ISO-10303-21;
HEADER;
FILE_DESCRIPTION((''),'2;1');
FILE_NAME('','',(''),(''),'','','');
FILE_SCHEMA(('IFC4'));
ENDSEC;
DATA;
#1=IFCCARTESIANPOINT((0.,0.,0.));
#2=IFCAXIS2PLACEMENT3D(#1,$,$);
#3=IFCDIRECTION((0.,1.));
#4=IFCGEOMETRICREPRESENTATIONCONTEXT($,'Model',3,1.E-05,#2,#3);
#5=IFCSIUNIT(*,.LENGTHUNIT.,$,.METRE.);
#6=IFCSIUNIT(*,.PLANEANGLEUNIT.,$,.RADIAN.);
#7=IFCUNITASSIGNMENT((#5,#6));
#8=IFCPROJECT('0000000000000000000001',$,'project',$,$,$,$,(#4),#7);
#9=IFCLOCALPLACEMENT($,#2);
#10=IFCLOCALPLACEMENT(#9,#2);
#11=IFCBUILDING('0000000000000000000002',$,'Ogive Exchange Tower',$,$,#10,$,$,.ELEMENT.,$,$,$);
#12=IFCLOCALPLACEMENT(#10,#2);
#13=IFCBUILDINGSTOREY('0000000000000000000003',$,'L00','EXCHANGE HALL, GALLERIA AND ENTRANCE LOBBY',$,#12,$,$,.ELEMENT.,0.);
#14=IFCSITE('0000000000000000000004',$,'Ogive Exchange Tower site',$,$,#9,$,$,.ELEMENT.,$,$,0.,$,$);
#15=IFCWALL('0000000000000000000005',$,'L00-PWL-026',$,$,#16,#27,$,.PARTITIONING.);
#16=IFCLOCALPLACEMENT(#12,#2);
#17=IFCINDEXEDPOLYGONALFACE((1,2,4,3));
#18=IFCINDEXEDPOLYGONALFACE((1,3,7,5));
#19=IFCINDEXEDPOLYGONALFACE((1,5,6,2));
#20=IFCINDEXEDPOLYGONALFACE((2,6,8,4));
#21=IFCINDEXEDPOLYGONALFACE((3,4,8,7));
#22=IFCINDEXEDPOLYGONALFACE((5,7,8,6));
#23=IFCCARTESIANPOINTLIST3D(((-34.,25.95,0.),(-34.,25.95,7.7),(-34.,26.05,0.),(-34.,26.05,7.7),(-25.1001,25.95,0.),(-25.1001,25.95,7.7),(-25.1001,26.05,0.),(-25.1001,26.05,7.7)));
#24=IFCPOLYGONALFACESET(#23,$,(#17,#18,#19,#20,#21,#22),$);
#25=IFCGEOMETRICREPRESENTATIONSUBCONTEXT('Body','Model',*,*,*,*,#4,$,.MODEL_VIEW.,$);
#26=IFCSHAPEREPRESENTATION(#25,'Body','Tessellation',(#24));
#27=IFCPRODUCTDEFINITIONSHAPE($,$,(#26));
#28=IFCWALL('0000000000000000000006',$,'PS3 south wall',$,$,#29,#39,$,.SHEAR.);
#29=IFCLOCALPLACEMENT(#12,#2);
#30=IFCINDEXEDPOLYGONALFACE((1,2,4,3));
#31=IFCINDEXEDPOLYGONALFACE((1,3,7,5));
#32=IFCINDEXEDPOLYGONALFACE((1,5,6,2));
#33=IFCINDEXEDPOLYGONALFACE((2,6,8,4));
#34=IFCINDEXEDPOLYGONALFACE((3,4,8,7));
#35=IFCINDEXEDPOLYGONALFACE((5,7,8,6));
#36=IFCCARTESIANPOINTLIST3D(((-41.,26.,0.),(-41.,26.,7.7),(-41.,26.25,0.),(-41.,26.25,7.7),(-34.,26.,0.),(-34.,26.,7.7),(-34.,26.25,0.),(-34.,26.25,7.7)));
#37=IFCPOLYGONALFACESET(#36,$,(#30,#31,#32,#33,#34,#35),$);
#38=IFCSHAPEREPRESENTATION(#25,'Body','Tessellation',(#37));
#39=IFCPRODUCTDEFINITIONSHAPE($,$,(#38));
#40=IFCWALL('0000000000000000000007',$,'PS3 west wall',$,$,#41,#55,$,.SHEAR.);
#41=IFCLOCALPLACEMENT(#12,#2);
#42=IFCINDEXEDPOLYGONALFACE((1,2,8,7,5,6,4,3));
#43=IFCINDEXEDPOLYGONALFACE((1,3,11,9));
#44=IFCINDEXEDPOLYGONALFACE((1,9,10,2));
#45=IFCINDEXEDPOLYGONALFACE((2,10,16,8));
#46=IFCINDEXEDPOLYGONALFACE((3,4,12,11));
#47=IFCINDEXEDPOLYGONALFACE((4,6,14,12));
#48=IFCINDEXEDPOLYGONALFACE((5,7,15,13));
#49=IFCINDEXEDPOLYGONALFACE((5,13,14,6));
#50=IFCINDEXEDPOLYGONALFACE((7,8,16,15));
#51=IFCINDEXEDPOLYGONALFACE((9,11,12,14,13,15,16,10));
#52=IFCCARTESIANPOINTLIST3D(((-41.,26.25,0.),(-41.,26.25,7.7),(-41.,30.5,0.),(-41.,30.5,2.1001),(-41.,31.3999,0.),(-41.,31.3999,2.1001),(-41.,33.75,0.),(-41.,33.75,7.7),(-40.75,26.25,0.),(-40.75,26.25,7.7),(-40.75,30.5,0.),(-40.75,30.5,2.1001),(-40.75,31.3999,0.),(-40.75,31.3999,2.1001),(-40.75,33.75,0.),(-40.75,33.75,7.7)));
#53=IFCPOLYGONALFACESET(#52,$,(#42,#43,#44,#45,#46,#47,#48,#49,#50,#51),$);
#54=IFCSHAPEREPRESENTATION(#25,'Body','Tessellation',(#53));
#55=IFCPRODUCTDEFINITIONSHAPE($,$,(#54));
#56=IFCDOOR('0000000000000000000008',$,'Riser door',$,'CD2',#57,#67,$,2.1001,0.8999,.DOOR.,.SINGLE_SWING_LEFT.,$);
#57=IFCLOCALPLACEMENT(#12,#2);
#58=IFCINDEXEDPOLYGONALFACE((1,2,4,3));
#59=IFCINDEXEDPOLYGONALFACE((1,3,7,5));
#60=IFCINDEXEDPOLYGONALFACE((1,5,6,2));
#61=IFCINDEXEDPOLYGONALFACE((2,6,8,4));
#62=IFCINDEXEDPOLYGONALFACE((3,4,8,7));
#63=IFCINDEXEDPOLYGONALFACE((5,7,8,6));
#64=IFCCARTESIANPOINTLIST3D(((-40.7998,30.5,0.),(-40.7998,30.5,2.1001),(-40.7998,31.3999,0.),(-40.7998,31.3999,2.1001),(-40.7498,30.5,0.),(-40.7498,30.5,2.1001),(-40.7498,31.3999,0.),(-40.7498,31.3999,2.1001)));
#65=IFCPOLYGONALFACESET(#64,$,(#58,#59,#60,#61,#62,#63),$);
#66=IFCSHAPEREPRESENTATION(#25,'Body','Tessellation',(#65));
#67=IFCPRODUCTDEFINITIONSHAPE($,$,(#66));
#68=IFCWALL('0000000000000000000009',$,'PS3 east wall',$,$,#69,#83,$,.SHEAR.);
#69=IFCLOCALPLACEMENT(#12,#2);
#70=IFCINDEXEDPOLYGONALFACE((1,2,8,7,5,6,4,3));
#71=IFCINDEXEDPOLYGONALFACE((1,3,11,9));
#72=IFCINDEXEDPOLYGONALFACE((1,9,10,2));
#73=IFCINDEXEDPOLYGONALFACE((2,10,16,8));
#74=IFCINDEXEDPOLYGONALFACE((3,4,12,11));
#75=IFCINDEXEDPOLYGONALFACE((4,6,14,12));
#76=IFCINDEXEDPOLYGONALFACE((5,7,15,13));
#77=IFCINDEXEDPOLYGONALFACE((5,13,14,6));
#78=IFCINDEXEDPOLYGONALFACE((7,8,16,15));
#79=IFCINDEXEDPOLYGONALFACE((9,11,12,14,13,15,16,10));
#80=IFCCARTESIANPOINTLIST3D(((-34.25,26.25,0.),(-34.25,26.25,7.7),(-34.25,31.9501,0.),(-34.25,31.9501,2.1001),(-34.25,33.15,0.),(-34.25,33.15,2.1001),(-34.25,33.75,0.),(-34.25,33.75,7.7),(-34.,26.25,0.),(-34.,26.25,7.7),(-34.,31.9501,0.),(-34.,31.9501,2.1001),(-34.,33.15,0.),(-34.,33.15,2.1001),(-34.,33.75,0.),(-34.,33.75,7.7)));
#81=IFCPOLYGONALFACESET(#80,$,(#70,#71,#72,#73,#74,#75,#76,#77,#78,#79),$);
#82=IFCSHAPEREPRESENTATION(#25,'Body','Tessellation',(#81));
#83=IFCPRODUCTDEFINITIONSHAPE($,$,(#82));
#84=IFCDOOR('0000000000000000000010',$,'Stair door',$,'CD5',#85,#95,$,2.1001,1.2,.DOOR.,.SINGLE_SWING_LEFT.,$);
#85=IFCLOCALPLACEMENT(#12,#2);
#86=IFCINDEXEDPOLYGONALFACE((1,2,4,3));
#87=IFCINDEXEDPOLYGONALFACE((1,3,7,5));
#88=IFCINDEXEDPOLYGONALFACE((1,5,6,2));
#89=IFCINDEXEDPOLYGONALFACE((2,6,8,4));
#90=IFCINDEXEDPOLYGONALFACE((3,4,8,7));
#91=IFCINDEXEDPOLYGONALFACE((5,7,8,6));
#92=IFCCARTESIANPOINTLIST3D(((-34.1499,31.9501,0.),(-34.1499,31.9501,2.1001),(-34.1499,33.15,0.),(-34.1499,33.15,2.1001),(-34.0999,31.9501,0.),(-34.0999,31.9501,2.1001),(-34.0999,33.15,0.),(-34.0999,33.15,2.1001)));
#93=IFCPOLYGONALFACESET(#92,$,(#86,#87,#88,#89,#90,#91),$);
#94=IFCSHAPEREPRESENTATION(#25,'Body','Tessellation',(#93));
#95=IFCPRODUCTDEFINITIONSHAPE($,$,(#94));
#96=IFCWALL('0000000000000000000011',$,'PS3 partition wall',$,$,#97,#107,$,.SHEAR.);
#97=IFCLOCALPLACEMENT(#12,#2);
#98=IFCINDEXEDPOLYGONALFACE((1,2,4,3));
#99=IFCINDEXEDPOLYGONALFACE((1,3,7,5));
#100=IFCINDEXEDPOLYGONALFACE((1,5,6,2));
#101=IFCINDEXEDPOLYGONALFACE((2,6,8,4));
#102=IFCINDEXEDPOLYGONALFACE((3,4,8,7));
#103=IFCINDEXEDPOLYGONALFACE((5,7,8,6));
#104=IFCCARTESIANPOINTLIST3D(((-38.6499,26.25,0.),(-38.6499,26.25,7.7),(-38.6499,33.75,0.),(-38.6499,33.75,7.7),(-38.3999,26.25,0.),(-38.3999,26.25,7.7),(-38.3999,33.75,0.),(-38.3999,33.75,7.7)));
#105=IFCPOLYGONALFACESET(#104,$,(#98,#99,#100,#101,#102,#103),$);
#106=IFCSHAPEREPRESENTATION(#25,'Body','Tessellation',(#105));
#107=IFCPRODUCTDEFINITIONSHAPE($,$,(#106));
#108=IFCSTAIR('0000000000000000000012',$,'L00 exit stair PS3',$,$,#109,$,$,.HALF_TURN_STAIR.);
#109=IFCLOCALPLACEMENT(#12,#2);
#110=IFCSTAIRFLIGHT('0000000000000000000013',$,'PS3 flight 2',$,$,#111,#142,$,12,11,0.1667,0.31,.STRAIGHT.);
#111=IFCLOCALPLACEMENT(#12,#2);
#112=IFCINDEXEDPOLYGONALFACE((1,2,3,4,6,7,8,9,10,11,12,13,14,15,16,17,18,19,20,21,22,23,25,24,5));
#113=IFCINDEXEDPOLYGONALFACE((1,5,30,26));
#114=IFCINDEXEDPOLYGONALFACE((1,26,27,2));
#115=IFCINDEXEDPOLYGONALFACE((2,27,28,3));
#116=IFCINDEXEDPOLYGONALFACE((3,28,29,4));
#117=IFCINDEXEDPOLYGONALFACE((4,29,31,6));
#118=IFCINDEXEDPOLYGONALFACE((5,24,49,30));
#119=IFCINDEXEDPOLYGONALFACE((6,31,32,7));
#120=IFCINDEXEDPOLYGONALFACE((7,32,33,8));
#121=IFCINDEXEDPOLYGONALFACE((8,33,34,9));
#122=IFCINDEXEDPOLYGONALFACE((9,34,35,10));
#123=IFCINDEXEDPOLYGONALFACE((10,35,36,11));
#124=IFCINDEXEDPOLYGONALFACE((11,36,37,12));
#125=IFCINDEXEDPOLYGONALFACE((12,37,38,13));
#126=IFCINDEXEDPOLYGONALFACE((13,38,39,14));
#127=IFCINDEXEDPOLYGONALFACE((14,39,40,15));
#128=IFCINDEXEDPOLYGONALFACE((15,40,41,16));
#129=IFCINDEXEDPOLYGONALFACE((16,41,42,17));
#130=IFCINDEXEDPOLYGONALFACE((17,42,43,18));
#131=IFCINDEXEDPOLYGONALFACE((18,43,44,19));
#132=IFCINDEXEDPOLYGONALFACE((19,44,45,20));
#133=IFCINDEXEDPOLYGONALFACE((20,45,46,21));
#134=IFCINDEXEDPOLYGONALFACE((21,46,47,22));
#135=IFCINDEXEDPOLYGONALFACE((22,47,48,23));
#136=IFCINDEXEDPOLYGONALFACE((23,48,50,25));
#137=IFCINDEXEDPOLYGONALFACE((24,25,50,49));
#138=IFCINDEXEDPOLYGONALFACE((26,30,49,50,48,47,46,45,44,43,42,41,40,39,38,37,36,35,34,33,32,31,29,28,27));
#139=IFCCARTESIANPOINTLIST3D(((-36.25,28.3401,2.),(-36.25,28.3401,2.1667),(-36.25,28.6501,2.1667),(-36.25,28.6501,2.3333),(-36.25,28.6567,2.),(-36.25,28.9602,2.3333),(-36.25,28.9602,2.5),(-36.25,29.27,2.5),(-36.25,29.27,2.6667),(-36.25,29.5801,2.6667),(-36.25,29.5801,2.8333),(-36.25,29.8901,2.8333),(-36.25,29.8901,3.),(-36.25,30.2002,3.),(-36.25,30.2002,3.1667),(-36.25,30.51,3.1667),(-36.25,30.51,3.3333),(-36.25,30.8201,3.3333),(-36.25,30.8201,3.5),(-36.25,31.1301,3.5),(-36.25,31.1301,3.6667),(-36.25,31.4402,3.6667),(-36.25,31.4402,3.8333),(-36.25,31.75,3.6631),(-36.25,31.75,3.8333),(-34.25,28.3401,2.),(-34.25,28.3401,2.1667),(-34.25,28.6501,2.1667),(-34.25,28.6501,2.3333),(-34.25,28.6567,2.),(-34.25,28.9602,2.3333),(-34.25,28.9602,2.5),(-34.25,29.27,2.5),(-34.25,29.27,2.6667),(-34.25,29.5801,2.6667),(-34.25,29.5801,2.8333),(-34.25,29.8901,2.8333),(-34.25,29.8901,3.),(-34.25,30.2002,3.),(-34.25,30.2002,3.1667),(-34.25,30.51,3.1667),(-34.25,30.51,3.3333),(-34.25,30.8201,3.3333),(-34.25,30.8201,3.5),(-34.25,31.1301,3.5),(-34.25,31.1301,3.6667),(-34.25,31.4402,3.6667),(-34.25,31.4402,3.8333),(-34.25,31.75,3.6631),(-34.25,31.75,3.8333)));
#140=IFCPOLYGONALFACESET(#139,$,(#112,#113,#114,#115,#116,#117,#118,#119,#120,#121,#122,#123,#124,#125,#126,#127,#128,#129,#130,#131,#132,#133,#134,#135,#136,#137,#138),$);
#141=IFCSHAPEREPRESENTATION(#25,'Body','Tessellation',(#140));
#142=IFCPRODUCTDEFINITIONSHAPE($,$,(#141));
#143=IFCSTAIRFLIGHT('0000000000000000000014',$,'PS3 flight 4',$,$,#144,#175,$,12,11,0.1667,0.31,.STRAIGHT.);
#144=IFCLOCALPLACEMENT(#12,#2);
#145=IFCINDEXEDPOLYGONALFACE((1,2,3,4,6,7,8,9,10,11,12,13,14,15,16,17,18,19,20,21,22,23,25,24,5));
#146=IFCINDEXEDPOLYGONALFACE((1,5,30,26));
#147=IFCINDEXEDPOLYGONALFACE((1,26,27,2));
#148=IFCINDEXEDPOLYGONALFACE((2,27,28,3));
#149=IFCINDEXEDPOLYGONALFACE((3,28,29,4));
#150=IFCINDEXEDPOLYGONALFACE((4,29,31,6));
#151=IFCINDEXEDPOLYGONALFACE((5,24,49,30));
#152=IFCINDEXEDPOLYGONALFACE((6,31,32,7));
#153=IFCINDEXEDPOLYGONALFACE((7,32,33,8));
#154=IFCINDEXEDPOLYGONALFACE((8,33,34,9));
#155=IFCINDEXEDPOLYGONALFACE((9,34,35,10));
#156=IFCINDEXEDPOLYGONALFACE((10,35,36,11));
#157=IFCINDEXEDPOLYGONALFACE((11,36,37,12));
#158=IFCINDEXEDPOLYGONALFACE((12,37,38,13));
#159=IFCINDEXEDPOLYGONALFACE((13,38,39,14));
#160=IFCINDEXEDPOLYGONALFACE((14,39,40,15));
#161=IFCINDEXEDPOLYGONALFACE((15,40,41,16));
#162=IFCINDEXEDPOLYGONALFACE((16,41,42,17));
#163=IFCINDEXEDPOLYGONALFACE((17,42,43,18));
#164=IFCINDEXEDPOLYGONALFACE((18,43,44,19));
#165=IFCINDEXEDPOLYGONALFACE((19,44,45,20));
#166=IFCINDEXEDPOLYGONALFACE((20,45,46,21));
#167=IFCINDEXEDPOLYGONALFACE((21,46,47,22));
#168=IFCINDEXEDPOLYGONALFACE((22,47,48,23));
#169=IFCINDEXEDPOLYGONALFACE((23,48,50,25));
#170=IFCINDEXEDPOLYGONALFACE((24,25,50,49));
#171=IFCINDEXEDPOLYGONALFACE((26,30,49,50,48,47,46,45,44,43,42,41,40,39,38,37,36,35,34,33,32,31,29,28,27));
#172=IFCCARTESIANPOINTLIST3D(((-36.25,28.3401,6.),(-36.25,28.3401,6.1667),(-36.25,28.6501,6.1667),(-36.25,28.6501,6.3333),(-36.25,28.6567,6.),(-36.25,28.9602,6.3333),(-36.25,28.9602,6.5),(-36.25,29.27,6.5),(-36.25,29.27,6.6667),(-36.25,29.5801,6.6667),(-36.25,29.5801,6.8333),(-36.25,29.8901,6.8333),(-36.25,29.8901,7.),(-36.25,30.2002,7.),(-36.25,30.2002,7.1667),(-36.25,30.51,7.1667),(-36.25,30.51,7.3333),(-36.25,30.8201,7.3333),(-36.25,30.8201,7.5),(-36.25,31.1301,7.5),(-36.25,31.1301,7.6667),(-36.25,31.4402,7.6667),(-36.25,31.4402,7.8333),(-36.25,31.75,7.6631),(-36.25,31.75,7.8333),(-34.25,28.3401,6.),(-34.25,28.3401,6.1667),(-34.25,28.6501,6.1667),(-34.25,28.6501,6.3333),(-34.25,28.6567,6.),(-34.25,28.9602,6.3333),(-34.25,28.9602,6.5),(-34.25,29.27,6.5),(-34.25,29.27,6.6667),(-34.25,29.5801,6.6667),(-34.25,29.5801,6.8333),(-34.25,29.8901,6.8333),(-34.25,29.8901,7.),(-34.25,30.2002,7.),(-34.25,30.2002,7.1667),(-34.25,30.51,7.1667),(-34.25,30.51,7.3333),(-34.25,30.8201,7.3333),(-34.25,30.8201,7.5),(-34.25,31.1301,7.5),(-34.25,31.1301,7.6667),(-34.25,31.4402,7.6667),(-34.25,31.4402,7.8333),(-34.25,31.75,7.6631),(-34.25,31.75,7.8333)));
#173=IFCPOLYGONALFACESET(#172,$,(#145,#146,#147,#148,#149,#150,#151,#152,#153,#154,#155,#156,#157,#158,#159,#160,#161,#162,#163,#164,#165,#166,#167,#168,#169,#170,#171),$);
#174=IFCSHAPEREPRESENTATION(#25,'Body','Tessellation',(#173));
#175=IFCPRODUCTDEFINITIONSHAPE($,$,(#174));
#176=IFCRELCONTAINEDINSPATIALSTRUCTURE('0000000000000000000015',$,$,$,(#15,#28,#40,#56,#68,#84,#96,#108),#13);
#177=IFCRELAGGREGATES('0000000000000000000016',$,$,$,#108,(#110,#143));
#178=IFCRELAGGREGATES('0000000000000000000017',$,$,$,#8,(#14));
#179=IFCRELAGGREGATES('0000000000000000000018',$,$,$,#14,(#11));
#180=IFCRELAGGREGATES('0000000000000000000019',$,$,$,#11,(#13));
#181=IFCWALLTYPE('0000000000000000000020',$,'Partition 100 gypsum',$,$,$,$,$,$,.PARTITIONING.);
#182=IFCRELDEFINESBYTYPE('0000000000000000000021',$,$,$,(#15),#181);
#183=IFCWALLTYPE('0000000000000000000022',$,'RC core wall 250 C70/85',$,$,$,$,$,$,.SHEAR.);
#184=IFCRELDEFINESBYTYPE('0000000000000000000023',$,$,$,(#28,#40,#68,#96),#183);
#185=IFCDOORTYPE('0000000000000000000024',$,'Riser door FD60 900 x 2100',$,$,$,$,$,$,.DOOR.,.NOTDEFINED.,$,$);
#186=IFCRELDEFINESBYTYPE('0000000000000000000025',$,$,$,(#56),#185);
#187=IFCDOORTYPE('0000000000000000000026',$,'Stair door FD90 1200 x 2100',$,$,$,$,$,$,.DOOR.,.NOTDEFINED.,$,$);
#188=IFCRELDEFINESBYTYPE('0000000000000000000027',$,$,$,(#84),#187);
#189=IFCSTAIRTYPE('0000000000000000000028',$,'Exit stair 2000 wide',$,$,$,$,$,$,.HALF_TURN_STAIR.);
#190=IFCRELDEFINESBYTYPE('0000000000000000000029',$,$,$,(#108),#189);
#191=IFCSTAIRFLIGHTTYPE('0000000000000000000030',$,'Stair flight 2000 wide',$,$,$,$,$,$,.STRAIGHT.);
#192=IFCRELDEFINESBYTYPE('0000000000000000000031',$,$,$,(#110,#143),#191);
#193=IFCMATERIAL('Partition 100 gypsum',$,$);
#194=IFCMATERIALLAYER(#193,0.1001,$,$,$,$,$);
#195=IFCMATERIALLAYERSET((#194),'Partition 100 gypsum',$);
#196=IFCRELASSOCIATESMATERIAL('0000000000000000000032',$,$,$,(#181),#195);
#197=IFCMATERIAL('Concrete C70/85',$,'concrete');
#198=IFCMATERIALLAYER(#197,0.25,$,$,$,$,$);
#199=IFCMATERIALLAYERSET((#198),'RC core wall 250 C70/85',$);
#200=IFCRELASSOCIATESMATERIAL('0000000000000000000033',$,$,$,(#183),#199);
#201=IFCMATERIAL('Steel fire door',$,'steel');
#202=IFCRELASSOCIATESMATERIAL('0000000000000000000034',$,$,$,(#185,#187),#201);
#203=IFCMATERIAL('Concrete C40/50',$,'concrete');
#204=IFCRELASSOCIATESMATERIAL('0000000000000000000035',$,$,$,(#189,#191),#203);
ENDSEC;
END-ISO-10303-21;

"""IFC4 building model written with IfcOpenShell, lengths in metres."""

from ifc_helpers import new_model, si_unit, direction, frame, frame_2d, origin, place, context, subcontext, project, spatial, polyline, rectangle, outline, extrude, material, layer, layer_set, type_object, element, fill, aggregate, save


model = new_model("IFC4")

# Units and contexts
model_context = context("Model", 3, precision=1e-05, world=origin(), true_north=direction((0.0, 1.0)))
body_context = subcontext(model_context, "Body", "Model", "MODEL_VIEW")
ifc_project = project(units=[si_unit("LENGTHUNIT", "METRE"), si_unit("PLANEANGLEUNIT", "RADIAN")], contexts=[model_context])

# Site, building, storey
site_placement = place(None, origin())
site = spatial("IfcSite", under=ifc_project, at=site_placement, Name="Ogive Exchange Tower site", CompositionType="ELEMENT", RefElevation=0.0)
building_placement = place(site_placement, origin())
building = spatial("IfcBuilding", under=site, at=building_placement, Name="Ogive Exchange Tower", CompositionType="ELEMENT")
storey_placement = place(building_placement, origin())
storey = spatial("IfcBuildingStorey", under=building, at=storey_placement, Name="L00", Description="EXCHANGE HALL, GALLERIA AND ENTRANCE LOBBY", CompositionType="ELEMENT", Elevation=0.0)

# Shared definitions
ifc_material_1 = material(Name="Concrete C70/85", Category="concrete")

# Walls
ifc_material_2 = material(Name="Partition 100 gypsum")
ifc_layer_1 = layer(ifc_material_2, 0.1001)
ifc_layer_set_1 = layer_set([ifc_layer_1], Name="Partition 100 gypsum")
wall_type_1 = type_object("IfcWallType", Name="Partition 100 gypsum", PredefinedType="PARTITIONING", material=ifc_layer_set_1)
wall_1_placement = place(storey_placement, frame((-34.0, 26.0, 0.0), z_axis=(0.0, 0.0, 1.0), x_axis=(1.0, 0.0, 0.0)))
element("IfcWall", 1, at=wall_1_placement, inside=storey, type_object=wall_type_1, Name="L00-PWL-026", PredefinedType="PARTITIONING", context=body_context, shape_type="SweptSolid", body=[
    extrude(rectangle(XDim=8.8999, YDim=0.1001, at=frame_2d((4.45, 0.0))), origin(), (0.0, 0.0, 1.0), 7.7),
])
ifc_layer_2 = layer(ifc_material_1, 0.25)
ifc_layer_set_2 = layer_set([ifc_layer_2], Name="RC core wall 250 C70/85")
wall_type_2 = type_object("IfcWallType", Name="RC core wall 250 C70/85", PredefinedType="SHEAR", material=ifc_layer_set_2)
wall_2_placement = place(storey_placement, frame((-41.0, 26.125, 0.0), z_axis=(0.0, 0.0, 1.0), x_axis=(1.0, 0.0, 0.0)))
element("IfcWall", 2, at=wall_2_placement, inside=storey, type_object=wall_type_2, Name="PS3 south wall", PredefinedType="SHEAR", context=body_context, shape_type="SweptSolid", body=[
    extrude(rectangle(XDim=7.0, YDim=0.25, at=frame_2d((3.5, 0.0))), origin(), (0.0, 0.0, 1.0), 7.7),
])

# Walls, openings, doors
wall_3_placement = place(storey_placement, frame((-40.875, 26.25, 0.0), z_axis=(0.0, 0.0, 1.0), x_axis=(0.0, 1.0, 0.0)))
wall_3 = element("IfcWall", 3, at=wall_3_placement, inside=storey, type_object=wall_type_2, Name="PS3 west wall", PredefinedType="SHEAR", context=body_context, shape_type="SweptSolid", body=[
    extrude(rectangle(XDim=7.5, YDim=0.25, at=frame_2d((3.75, 0.0))), origin(), (0.0, 0.0, 1.0), 7.7),
])
opening_1_placement = place(wall_3_placement, frame((4.25, 0.0, 0.0)))
opening_1 = element("IfcOpeningElement", 4, at=opening_1_placement, cuts=wall_3, PredefinedType="OPENING", context=body_context, shape_type="SweptSolid", body=[
    extrude(rectangle(XDim=0.8999, YDim=2.1001, at=frame_2d((0.45, 1.05))), frame((0.0, 0.135, 0.0), z_axis=(0.0, -1.0, 0.0), x_axis=(1.0, 0.0, 0.0)), (0.0, 0.0, 1.0), 0.27),
])
ifc_material_3 = material(Name="Steel fire door", Category="steel")
door_type_1 = type_object("IfcDoorType", Name="Riser door FD60 900 x 2100", OperationType="NOTDEFINED", PredefinedType="DOOR", material=ifc_material_3)
door_1_placement = place(opening_1_placement, origin())
door_1 = element("IfcDoor", 5, at=door_1_placement, inside=storey, type_object=door_type_1, Name="Riser door", ObjectType="CD2", OperationType="SINGLE_SWING_LEFT", OverallHeight=2.1001, OverallWidth=0.8999, PredefinedType="DOOR", context=body_context, shape_type="SweptSolid", body=[
    extrude(rectangle(XDim=0.8999, YDim=2.1001, at=frame_2d((0.45, 1.05))), frame((0.0, -0.0752, 0.0), z_axis=(0.0, -1.0, 0.0), x_axis=(1.0, 0.0, 0.0)), (0.0, 0.0, 1.0), 0.05),
])
fill(opening_1, door_1)
wall_4_placement = place(storey_placement, frame((-34.125, 26.25, 0.0), z_axis=(0.0, 0.0, 1.0), x_axis=(0.0, 1.0, 0.0)))
wall_4 = element("IfcWall", 6, at=wall_4_placement, inside=storey, type_object=wall_type_2, Name="PS3 east wall", PredefinedType="SHEAR", context=body_context, shape_type="SweptSolid", body=[
    extrude(rectangle(XDim=7.5, YDim=0.25, at=frame_2d((3.75, 0.0))), origin(), (0.0, 0.0, 1.0), 7.7),
])
opening_2_placement = place(wall_4_placement, frame((5.7, 0.0, 0.0)))
opening_2 = element("IfcOpeningElement", 7, at=opening_2_placement, cuts=wall_4, PredefinedType="OPENING", context=body_context, shape_type="SweptSolid", body=[
    extrude(rectangle(XDim=1.2, YDim=2.1001, at=frame_2d((0.6001, 1.05))), frame((0.0, 0.135, 0.0), z_axis=(0.0, -1.0, 0.0), x_axis=(1.0, 0.0, 0.0)), (0.0, 0.0, 1.0), 0.27),
])
door_type_2 = type_object("IfcDoorType", Name="Stair door FD90 1200 x 2100", OperationType="NOTDEFINED", PredefinedType="DOOR", material=ifc_material_3)
door_2_placement = place(opening_2_placement, origin())
door_2 = element("IfcDoor", 8, at=door_2_placement, inside=storey, type_object=door_type_2, Name="Stair door", ObjectType="CD5", OperationType="SINGLE_SWING_LEFT", OverallHeight=2.1001, OverallWidth=1.2, PredefinedType="DOOR", context=body_context, shape_type="SweptSolid", body=[
    extrude(rectangle(XDim=1.2, YDim=2.1001, at=frame_2d((0.6001, 1.05))), frame((0.0, 0.0249, 0.0), z_axis=(0.0, -1.0, 0.0), x_axis=(1.0, 0.0, 0.0)), (0.0, 0.0, 1.0), 0.05),
])
fill(opening_2, door_2)

# Wall
wall_5_placement = place(storey_placement, frame((-38.5249, 26.25, 0.0), z_axis=(0.0, 0.0, 1.0), x_axis=(0.0, 1.0, 0.0)))
element("IfcWall", 9, at=wall_5_placement, inside=storey, type_object=wall_type_2, Name="PS3 partition wall", PredefinedType="SHEAR", context=body_context, shape_type="SweptSolid", body=[
    extrude(rectangle(XDim=7.5, YDim=0.25, at=frame_2d((3.75, 0.0))), origin(), (0.0, 0.0, 1.0), 7.7),
])

# Stair, stair flights
ifc_material_4 = material(Name="Concrete C40/50", Category="concrete")
stair_type = type_object("IfcStairType", Name="Exit stair 2000 wide", PredefinedType="HALF_TURN_STAIR", material=ifc_material_4)
stair_placement = place(storey_placement, origin())
stair = element("IfcStair", 10, at=stair_placement, inside=storey, type_object=stair_type, Name="L00 exit stair PS3", PredefinedType="HALF_TURN_STAIR")
stair_flight_type = type_object("IfcStairFlightType", Name="Stair flight 2000 wide", PredefinedType="STRAIGHT", material=ifc_material_4)
stair_flight_1_placement = place(storey_placement, frame((-35.25, 28.3401, 2.0), z_axis=(0.0, 0.0, 1.0), x_axis=(0.0, 1.0, 0.0)))
stair_flight_1 = element("IfcStairFlight", 11, at=stair_flight_1_placement, type_object=stair_flight_type, Name="PS3 flight 2", NumberOfRisers=12, NumberOfTreads=11, PredefinedType="STRAIGHT", RiserHeight=0.1667, TreadLength=0.31, context=body_context, shape_type="SweptSolid", body=[
    extrude(outline(polyline([(0.0, 0.0), (0.0, 0.1667), (0.3101, 0.1667), (0.3101, 0.3333), (0.6201, 0.3333), (0.6201, 0.5), (0.9299, 0.5), (0.9299, 0.6667), (1.24, 0.6667), (1.24, 0.8333), (1.55, 0.8333), (1.55, 1.0), (1.8601, 1.0), (1.8601, 1.1667), (2.1699, 1.1667), (2.1699, 1.3333), (2.48, 1.3333), (2.48, 1.5), (2.79, 1.5), (2.79, 1.6667), (3.1001, 1.6667), (3.1001, 1.8333), (3.4099, 1.8333), (3.4099, 2.0), (3.4099, 1.6631), (0.3167, 0.0), (0.0, 0.0)])), frame((0.0, 1.0, 0.0), z_axis=(0.0, -1.0, 0.0), x_axis=(1.0, 0.0, 0.0)), (0.0, 0.0, 1.0), 2.0),
])
stair_flight_2_placement = place(storey_placement, frame((-35.25, 28.3401, 6.0), z_axis=(0.0, 0.0, 1.0), x_axis=(0.0, 1.0, 0.0)))
stair_flight_2 = element("IfcStairFlight", 12, at=stair_flight_2_placement, type_object=stair_flight_type, Name="PS3 flight 4", NumberOfRisers=12, NumberOfTreads=11, PredefinedType="STRAIGHT", RiserHeight=0.1667, TreadLength=0.31, context=body_context, shape_type="SweptSolid", body=[
    extrude(outline(polyline([(0.0, 0.0), (0.0, 0.1667), (0.3101, 0.1667), (0.3101, 0.3333), (0.6201, 0.3333), (0.6201, 0.5), (0.9299, 0.5), (0.9299, 0.6667), (1.24, 0.6667), (1.24, 0.8333), (1.55, 0.8333), (1.55, 1.0), (1.8601, 1.0), (1.8601, 1.1667), (2.1699, 1.1667), (2.1699, 1.3333), (2.48, 1.3333), (2.48, 1.5), (2.79, 1.5), (2.79, 1.6667), (3.1001, 1.6667), (3.1001, 1.8333), (3.4099, 1.8333), (3.4099, 2.0), (3.4099, 1.6631), (0.3167, 0.0), (0.0, 0.0)])), frame((0.0, 1.0, 0.0), z_axis=(0.0, -1.0, 0.0), x_axis=(1.0, 0.0, 0.0)), (0.0, 0.0, 1.0), 2.0),
])
aggregate(stair, [stair_flight_1, stair_flight_2])

save(model, "model.ifc")
